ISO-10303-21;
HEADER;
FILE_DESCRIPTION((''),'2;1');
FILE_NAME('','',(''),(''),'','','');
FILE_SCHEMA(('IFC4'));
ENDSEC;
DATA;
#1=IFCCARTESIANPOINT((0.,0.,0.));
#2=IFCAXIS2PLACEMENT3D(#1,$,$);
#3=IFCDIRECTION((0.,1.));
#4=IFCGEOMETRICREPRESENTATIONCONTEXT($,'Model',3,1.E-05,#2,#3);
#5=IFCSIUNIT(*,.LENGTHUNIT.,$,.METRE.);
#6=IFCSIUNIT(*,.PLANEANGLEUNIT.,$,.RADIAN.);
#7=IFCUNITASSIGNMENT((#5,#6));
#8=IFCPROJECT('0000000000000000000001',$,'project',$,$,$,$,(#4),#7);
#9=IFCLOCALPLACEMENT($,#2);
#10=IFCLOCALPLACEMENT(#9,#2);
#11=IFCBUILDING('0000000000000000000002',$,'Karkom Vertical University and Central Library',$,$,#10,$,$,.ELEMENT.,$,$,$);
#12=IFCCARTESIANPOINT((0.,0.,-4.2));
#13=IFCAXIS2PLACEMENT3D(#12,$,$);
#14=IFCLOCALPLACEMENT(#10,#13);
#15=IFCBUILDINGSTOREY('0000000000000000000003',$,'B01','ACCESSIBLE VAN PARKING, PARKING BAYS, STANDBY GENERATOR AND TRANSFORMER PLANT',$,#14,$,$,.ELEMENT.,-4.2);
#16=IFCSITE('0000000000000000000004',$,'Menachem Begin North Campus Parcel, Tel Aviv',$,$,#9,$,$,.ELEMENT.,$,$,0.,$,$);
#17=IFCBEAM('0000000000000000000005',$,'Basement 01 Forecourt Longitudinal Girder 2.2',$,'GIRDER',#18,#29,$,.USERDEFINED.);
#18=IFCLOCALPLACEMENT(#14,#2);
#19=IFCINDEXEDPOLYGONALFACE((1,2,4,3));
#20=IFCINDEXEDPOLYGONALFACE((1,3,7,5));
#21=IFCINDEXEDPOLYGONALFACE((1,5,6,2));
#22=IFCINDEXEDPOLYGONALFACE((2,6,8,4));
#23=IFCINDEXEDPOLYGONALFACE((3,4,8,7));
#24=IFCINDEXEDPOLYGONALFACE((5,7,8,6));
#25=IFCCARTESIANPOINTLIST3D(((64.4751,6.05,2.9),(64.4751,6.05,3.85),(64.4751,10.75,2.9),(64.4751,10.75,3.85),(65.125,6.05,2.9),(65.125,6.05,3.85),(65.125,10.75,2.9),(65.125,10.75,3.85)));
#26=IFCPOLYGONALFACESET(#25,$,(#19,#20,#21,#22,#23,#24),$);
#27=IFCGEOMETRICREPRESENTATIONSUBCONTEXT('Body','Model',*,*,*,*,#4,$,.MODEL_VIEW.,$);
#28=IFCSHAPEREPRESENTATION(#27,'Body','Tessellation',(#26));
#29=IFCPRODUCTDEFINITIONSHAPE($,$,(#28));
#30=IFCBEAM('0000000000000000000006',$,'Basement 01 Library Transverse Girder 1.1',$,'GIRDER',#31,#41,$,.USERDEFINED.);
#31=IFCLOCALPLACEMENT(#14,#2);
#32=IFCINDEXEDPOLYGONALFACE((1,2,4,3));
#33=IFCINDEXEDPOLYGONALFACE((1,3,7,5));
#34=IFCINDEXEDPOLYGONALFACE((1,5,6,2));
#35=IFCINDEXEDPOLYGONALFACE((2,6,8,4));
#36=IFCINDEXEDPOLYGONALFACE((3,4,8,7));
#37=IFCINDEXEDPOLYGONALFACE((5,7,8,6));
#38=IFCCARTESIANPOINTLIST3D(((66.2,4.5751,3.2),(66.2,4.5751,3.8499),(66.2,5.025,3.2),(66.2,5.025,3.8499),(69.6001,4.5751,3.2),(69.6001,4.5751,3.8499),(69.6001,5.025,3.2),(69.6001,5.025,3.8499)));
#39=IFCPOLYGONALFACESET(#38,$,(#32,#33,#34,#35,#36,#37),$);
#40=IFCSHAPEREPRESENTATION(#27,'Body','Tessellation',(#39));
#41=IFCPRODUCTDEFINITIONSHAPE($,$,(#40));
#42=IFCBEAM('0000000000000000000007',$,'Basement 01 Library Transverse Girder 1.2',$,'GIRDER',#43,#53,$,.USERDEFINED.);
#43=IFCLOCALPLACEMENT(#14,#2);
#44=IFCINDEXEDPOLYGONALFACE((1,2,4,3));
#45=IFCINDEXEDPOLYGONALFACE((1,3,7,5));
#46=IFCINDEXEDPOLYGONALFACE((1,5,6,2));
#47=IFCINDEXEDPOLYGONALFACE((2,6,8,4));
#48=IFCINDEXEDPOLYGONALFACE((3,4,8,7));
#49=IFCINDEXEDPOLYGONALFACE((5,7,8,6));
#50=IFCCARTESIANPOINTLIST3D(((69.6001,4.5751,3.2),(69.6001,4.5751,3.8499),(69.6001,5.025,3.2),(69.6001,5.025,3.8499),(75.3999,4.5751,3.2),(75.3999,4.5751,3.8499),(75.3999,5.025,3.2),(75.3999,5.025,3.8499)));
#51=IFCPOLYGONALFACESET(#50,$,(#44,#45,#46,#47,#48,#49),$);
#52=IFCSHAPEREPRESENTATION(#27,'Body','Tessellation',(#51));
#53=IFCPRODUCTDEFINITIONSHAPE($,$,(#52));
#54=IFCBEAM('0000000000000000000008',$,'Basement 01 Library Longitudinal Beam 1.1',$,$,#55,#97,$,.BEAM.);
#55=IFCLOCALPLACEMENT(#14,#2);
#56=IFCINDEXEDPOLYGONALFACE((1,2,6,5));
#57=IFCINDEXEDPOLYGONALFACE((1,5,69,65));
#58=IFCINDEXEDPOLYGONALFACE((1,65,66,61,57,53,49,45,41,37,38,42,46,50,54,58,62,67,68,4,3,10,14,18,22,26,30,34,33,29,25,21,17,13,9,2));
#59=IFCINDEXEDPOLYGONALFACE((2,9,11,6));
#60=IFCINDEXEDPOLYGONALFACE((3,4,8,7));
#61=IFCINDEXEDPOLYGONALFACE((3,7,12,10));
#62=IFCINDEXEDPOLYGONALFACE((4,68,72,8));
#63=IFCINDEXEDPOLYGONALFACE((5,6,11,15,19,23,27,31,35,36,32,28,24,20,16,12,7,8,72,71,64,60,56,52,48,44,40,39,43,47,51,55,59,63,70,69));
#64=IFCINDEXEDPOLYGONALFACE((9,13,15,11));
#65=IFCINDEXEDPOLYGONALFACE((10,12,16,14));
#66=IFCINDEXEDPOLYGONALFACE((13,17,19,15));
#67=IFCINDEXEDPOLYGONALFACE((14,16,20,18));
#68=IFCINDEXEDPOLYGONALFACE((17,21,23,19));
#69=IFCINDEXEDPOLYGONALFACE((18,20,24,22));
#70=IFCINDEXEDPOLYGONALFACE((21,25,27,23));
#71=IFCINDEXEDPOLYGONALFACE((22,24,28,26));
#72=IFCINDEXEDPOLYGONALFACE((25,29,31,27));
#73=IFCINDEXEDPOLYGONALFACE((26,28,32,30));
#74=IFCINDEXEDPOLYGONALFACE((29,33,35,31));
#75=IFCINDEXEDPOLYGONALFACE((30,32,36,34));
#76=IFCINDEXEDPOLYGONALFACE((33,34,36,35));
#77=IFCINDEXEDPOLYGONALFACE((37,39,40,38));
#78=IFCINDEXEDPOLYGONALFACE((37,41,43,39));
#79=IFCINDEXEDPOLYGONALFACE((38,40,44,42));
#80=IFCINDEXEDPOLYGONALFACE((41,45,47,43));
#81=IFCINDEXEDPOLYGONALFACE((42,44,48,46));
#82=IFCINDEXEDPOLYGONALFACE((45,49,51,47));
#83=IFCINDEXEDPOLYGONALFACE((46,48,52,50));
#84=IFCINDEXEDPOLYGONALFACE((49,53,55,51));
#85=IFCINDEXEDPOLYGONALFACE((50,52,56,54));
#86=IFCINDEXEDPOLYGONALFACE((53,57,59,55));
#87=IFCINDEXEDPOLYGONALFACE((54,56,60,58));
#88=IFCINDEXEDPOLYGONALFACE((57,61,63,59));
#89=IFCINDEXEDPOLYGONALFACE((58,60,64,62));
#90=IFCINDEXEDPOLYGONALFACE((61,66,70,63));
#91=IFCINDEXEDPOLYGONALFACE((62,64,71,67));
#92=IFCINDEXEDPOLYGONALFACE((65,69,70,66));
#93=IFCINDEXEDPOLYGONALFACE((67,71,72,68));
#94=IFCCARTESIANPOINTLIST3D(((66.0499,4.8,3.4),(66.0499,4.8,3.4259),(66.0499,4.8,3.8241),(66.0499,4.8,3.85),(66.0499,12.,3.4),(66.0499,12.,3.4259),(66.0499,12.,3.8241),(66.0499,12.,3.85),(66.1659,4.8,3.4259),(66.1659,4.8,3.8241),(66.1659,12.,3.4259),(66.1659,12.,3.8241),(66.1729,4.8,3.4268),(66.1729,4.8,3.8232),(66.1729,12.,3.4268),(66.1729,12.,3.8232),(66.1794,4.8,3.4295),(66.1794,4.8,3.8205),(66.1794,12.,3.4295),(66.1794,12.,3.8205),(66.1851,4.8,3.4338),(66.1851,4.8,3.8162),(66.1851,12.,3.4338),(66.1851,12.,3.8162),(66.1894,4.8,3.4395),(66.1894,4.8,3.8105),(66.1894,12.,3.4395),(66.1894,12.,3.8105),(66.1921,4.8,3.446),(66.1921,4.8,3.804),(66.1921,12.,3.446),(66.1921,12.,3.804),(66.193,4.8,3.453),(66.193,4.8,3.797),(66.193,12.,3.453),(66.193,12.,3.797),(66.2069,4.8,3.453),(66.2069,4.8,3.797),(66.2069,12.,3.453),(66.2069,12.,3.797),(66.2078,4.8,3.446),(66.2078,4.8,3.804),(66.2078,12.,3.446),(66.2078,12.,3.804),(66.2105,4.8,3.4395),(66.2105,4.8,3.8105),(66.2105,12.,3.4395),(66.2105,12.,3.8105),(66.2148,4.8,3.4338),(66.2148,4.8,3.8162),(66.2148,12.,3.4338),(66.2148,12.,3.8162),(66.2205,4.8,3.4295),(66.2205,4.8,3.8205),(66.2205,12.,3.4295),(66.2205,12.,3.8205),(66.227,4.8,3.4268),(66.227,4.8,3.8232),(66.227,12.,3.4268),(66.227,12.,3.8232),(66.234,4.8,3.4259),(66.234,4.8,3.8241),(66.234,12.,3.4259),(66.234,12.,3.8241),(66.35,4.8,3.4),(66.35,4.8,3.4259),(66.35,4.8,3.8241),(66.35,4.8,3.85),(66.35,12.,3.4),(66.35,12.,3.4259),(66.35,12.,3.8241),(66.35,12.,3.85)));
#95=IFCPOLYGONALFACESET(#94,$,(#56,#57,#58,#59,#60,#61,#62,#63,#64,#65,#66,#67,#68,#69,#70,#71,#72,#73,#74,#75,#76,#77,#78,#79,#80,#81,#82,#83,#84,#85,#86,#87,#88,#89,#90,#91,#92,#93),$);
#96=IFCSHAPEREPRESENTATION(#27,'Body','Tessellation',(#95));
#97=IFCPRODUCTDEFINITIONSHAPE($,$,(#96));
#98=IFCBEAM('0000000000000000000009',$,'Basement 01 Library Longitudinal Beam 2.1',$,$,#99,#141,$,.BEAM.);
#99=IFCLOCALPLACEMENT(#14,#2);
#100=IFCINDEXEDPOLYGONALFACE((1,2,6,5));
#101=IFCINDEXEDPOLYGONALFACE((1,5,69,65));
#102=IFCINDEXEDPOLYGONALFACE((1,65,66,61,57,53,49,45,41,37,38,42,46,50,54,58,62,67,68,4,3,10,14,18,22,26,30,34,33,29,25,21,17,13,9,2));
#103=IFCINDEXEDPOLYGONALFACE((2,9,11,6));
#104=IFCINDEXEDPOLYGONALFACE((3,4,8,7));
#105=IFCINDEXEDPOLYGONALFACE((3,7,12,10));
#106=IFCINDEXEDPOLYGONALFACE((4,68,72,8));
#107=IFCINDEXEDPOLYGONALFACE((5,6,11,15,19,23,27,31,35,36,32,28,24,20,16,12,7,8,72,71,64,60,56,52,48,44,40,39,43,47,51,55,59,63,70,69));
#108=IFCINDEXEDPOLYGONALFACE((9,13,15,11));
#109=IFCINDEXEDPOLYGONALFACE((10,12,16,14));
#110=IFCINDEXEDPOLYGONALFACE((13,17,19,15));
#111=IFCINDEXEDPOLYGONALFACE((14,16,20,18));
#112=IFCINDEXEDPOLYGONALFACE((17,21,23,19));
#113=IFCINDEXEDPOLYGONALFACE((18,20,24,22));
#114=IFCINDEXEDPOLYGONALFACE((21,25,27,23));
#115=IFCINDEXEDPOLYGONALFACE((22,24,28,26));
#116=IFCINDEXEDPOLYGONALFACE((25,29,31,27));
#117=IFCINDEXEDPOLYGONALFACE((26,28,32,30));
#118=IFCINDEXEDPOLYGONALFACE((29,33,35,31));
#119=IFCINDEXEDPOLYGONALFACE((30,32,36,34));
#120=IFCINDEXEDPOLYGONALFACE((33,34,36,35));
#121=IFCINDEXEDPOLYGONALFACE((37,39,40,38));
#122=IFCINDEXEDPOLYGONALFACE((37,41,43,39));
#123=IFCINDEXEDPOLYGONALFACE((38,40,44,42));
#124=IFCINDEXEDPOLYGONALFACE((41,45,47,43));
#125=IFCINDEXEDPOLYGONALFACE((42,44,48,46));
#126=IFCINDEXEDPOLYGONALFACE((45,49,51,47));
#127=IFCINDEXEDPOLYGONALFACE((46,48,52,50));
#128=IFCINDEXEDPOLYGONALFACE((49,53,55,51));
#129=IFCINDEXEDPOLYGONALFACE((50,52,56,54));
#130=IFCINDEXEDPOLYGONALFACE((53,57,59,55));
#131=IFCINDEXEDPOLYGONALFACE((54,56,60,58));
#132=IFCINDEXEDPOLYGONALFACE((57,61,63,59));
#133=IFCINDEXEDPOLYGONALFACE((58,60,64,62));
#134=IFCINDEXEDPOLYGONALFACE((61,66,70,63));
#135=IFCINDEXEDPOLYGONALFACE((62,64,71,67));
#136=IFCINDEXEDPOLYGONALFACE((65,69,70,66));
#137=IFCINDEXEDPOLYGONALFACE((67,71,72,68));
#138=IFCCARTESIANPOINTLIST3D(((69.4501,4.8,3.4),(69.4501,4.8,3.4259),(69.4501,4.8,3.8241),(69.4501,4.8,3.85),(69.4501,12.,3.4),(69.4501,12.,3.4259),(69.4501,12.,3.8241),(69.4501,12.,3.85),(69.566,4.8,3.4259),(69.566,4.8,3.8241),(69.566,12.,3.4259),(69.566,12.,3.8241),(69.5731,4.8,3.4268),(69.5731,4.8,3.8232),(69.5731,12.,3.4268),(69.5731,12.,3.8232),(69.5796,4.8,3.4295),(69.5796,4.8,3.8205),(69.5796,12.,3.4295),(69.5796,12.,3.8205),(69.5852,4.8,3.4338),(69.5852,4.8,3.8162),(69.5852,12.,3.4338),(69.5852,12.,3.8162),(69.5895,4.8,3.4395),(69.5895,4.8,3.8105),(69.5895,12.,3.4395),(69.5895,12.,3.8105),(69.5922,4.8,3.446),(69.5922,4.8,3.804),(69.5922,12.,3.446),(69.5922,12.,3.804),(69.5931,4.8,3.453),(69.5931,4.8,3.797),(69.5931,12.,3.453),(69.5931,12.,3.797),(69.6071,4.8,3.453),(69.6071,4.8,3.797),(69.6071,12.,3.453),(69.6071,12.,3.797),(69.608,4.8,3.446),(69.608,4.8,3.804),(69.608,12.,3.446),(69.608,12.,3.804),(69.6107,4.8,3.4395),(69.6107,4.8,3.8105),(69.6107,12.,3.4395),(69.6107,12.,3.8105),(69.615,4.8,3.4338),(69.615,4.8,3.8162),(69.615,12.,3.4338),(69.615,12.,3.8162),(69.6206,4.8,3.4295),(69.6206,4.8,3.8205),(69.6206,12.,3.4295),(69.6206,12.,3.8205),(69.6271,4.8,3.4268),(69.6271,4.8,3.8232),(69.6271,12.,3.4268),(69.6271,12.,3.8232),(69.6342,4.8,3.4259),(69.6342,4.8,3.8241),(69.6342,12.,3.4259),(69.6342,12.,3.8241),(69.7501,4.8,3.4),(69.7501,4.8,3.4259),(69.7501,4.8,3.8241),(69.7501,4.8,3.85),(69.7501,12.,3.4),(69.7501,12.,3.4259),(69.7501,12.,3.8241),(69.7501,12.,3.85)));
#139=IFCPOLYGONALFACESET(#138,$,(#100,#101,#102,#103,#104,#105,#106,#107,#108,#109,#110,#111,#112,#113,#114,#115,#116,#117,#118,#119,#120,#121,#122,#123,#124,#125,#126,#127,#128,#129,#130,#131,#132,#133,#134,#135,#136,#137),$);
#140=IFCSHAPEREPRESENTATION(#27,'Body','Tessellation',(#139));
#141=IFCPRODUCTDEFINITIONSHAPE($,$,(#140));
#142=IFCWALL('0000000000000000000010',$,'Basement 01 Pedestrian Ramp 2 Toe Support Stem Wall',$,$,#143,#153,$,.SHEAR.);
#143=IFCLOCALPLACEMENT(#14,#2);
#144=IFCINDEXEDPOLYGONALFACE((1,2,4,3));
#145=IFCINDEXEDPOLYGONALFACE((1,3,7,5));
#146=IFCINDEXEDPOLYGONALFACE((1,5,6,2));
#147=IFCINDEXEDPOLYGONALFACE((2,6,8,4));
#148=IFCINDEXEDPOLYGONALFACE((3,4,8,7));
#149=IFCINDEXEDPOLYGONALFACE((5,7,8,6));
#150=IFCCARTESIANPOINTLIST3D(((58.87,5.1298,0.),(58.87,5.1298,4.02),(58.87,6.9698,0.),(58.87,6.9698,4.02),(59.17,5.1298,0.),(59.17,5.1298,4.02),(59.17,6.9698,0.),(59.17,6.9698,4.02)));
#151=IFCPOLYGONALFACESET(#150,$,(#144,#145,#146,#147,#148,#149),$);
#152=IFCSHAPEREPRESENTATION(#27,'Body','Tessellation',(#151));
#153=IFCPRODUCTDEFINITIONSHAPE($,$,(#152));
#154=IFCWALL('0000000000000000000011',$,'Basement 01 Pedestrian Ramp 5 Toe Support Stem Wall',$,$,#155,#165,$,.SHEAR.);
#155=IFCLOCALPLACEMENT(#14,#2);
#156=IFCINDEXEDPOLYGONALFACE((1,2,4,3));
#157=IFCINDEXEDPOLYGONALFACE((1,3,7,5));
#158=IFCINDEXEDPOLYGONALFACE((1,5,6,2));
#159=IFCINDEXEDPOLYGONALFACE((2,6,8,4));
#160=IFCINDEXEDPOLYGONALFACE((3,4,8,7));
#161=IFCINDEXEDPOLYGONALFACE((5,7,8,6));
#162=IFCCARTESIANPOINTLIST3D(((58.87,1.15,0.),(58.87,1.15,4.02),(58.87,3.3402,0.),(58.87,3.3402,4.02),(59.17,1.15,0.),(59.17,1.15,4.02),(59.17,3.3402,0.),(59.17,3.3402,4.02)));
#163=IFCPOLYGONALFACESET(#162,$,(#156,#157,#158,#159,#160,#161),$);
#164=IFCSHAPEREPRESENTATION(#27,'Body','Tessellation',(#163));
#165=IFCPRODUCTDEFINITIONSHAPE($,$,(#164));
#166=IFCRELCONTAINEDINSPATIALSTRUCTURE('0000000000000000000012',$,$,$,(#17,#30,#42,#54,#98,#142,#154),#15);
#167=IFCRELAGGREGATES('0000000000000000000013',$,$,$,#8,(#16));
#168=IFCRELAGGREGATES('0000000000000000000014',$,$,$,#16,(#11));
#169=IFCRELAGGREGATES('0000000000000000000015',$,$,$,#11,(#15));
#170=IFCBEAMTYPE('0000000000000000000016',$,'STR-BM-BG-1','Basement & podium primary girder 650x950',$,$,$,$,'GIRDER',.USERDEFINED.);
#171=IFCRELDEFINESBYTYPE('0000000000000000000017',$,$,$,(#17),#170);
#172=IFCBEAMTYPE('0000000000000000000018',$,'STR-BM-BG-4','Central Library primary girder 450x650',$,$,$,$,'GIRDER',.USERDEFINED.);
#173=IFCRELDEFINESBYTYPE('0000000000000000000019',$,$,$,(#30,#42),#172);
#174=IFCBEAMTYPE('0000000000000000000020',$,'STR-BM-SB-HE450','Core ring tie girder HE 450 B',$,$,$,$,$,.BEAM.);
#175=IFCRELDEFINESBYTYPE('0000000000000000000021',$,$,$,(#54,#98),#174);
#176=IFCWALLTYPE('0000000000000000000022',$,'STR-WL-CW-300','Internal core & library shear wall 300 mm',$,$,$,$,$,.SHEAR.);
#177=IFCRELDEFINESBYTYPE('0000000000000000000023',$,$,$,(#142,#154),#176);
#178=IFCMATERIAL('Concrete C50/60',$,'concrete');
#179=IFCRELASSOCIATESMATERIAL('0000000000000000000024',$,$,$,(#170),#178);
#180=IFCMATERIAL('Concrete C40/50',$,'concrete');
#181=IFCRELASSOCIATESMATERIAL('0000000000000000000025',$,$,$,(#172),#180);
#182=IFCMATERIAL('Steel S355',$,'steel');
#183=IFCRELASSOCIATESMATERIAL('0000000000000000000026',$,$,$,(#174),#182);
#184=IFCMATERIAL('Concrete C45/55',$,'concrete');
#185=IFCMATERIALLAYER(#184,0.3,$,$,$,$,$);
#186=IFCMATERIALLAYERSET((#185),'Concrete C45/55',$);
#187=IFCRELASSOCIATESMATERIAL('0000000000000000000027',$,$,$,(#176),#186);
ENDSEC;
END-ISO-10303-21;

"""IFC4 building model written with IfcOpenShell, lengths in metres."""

from ifc_helpers import new_model, si_unit, direction, frame, frame_2d, origin, origin_with_axes, origin_2d, place, context, subcontext, project, spatial, rectangle, i_section, extrude, source, transform, mapped, material, layer, layer_set, material_profile, profile_set, type_object, element, save


model = new_model("IFC4")

# Units and contexts
model_context = context("Model", 3, precision=1e-05, world=origin(), true_north=direction((0.0, 1.0)))
body_context = subcontext(model_context, "Body", "Model", "MODEL_VIEW")
ifc_project = project(units=[si_unit("LENGTHUNIT", "METRE"), si_unit("PLANEANGLEUNIT", "RADIAN")], contexts=[model_context])

# Site, building, storey
site_placement = place(None, origin())
site = spatial("IfcSite", under=ifc_project, at=site_placement, Name="Menachem Begin North Campus Parcel, Tel Aviv", CompositionType="ELEMENT", RefElevation=0.0)
building_placement = place(site_placement, origin())
building = spatial("IfcBuilding", under=site, at=building_placement, Name="Karkom Vertical University and Central Library", CompositionType="ELEMENT")
storey_placement = place(building_placement, frame((0.0, 0.0, -4.2)))
storey = spatial("IfcBuildingStorey", under=building, at=storey_placement, Name="B01", Description="ACCESSIBLE VAN PARKING, PARKING BAYS, STANDBY GENERATOR AND TRANSFORMER PLANT", CompositionType="ELEMENT", Elevation=-4.2)

# Shared definitions
ifc_material_1 = material(Name="Concrete C40/50", Category="concrete")
ifc_material_2 = material(Name="Concrete C45/55", Category="concrete")

# Beams
ifc_material_3 = material(Name="Concrete C50/60", Category="concrete")
ifc_material_profile_1 = material_profile(ifc_material_3, rectangle(XDim=0.6499, YDim=0.95, at=origin_2d()), Name="RCG-650x950")
ifc_profile_set_1 = profile_set([ifc_material_profile_1], Name="Concrete C50/60")
beam_type_1 = type_object("IfcBeamType", Name="STR-BM-BG-1", Description="Basement & podium primary girder 650x950", ElementType="GIRDER", PredefinedType="USERDEFINED", material=ifc_profile_set_1)
shared_shape_1 = source(origin_with_axes(), body_context, "Body", "SweptSolid", [
    extrude(rectangle(XDim=0.6499, YDim=0.95, at=origin_2d()), origin(), (0.0, 0.0, 1.0), 4.7),
])
for number, where, z_axis, x_axis, name in (
    (1, (64.8, 6.05, 3.375), (0.0, 1.0, 0.0), (-1.0, 0.0, 0.0), "Basement 01 Forecourt Longitudinal Girder 2.2"),
):
    element("IfcBeam", number, at=place(storey_placement, frame(where, z_axis=z_axis, x_axis=x_axis)), inside=storey, type_object=beam_type_1, Name=name, ObjectType="GIRDER", PredefinedType="USERDEFINED", context=body_context, shape_type="MappedRepresentation", body=[
        mapped(shared_shape_1, transform((0.0, 0.0, 0.0), scale=1.0)),
    ])
ifc_material_profile_2 = material_profile(ifc_material_1, rectangle(XDim=0.45, YDim=0.6499, at=origin_2d()), Name="RCB-450x650")
ifc_profile_set_2 = profile_set([ifc_material_profile_2], Name="Concrete C40/50")
beam_type_2 = type_object("IfcBeamType", Name="STR-BM-BG-4", Description="Central Library primary girder 450x650", ElementType="GIRDER", PredefinedType="USERDEFINED", material=ifc_profile_set_2)
shared_shape_2 = source(origin_with_axes(), body_context, "Body", "SweptSolid", [
    extrude(rectangle(XDim=0.45, YDim=0.6499, at=origin_2d()), origin(), (0.0, 0.0, 1.0), 3.4001),
])
beam_1_placement = place(storey_placement, frame((66.2, 4.8, 3.5249), z_axis=(1.0, 0.0, 0.0), x_axis=(0.0, 1.0, 0.0)))
element("IfcBeam", 2, at=beam_1_placement, inside=storey, type_object=beam_type_2, Name="Basement 01 Library Transverse Girder 1.1", ObjectType="GIRDER", PredefinedType="USERDEFINED", context=body_context, shape_type="MappedRepresentation", body=[
    mapped(shared_shape_2, transform((0.0, 0.0, 0.0), scale=1.0)),
])
shared_shape_3 = source(origin_with_axes(), body_context, "Body", "SweptSolid", [
    extrude(rectangle(XDim=0.45, YDim=0.6499, at=origin_2d()), origin(), (0.0, 0.0, 1.0), 5.7998),
])
beam_2_placement = place(storey_placement, frame((69.6001, 4.8, 3.5249), z_axis=(1.0, 0.0, 0.0), x_axis=(0.0, 1.0, 0.0)))
element("IfcBeam", 3, at=beam_2_placement, inside=storey, type_object=beam_type_2, Name="Basement 01 Library Transverse Girder 1.2", ObjectType="GIRDER", PredefinedType="USERDEFINED", context=body_context, shape_type="MappedRepresentation", body=[
    mapped(shared_shape_3, transform((0.0, 0.0, 0.0), scale=1.0)),
])
ifc_material_4 = material(Name="Steel S355", Category="steel")
ifc_material_profile_3 = material_profile(ifc_material_4, i_section(OverallWidth=0.3, OverallDepth=0.45, WebThickness=0.0139, FlangeThickness=0.0259, FilletRadius=0.0271, at=origin_2d()), Name="HE 450 B")
ifc_profile_set_3 = profile_set([ifc_material_profile_3], Name="Steel S355")
beam_type_3 = type_object("IfcBeamType", Name="STR-BM-SB-HE450", Description="Core ring tie girder HE 450 B", PredefinedType="BEAM", material=ifc_profile_set_3)
shared_shape_4 = source(origin_with_axes(), body_context, "Body", "SweptSolid", [
    extrude(i_section(OverallWidth=0.3, OverallDepth=0.45, WebThickness=0.0139, FlangeThickness=0.0259, FilletRadius=0.0271, at=origin_2d()), origin(), (0.0, 0.0, 1.0), 7.2),
])
for number, where, z_axis, x_axis, name in (
    (4, (66.2, 4.8, 3.625), (0.0, 1.0, 0.0), (-1.0, 0.0, 0.0), "Basement 01 Library Longitudinal Beam 1.1"),
    (5, (69.6001, 4.8, 3.625), (0.0, 1.0, 0.0), (-1.0, 0.0, 0.0), "Basement 01 Library Longitudinal Beam 2.1"),
):
    element("IfcBeam", number, at=place(storey_placement, frame(where, z_axis=z_axis, x_axis=x_axis)), inside=storey, type_object=beam_type_3, Name=name, PredefinedType="BEAM", context=body_context, shape_type="MappedRepresentation", body=[
        mapped(shared_shape_4, transform((0.0, 0.0, 0.0), scale=1.0)),
    ])

# Walls
ifc_layer = layer(ifc_material_2, 0.3)
ifc_layer_set = layer_set([ifc_layer], Name="Concrete C45/55")
wall_type = type_object("IfcWallType", Name="STR-WL-CW-300", Description="Internal core & library shear wall 300 mm", PredefinedType="SHEAR", material=ifc_layer_set)
wall_1_placement = place(storey_placement, frame((59.02, 5.1299, 0.0), z_axis=(0.0, 0.0, 1.0), x_axis=(0.0, 1.0, 0.0)))
element("IfcWall", 6, at=wall_1_placement, inside=storey, type_object=wall_type, Name="Basement 01 Pedestrian Ramp 2 Toe Support Stem Wall", PredefinedType="SHEAR", context=body_context, shape_type="SweptSolid", body=[
    extrude(rectangle(XDim=1.8401, YDim=0.3, at=frame_2d((0.9199, 0.0))), origin(), (0.0, 0.0, 1.0), 4.02),
])
wall_2_placement = place(storey_placement, frame((59.02, 1.1499, 0.0), z_axis=(0.0, 0.0, 1.0), x_axis=(0.0, 1.0, 0.0)))
element("IfcWall", 7, at=wall_2_placement, inside=storey, type_object=wall_type, Name="Basement 01 Pedestrian Ramp 5 Toe Support Stem Wall", PredefinedType="SHEAR", context=body_context, shape_type="SweptSolid", body=[
    extrude(rectangle(XDim=2.1902, YDim=0.3, at=frame_2d((1.0952, 0.0))), origin(), (0.0, 0.0, 1.0), 4.02),
])

save(model, "model.ifc")
